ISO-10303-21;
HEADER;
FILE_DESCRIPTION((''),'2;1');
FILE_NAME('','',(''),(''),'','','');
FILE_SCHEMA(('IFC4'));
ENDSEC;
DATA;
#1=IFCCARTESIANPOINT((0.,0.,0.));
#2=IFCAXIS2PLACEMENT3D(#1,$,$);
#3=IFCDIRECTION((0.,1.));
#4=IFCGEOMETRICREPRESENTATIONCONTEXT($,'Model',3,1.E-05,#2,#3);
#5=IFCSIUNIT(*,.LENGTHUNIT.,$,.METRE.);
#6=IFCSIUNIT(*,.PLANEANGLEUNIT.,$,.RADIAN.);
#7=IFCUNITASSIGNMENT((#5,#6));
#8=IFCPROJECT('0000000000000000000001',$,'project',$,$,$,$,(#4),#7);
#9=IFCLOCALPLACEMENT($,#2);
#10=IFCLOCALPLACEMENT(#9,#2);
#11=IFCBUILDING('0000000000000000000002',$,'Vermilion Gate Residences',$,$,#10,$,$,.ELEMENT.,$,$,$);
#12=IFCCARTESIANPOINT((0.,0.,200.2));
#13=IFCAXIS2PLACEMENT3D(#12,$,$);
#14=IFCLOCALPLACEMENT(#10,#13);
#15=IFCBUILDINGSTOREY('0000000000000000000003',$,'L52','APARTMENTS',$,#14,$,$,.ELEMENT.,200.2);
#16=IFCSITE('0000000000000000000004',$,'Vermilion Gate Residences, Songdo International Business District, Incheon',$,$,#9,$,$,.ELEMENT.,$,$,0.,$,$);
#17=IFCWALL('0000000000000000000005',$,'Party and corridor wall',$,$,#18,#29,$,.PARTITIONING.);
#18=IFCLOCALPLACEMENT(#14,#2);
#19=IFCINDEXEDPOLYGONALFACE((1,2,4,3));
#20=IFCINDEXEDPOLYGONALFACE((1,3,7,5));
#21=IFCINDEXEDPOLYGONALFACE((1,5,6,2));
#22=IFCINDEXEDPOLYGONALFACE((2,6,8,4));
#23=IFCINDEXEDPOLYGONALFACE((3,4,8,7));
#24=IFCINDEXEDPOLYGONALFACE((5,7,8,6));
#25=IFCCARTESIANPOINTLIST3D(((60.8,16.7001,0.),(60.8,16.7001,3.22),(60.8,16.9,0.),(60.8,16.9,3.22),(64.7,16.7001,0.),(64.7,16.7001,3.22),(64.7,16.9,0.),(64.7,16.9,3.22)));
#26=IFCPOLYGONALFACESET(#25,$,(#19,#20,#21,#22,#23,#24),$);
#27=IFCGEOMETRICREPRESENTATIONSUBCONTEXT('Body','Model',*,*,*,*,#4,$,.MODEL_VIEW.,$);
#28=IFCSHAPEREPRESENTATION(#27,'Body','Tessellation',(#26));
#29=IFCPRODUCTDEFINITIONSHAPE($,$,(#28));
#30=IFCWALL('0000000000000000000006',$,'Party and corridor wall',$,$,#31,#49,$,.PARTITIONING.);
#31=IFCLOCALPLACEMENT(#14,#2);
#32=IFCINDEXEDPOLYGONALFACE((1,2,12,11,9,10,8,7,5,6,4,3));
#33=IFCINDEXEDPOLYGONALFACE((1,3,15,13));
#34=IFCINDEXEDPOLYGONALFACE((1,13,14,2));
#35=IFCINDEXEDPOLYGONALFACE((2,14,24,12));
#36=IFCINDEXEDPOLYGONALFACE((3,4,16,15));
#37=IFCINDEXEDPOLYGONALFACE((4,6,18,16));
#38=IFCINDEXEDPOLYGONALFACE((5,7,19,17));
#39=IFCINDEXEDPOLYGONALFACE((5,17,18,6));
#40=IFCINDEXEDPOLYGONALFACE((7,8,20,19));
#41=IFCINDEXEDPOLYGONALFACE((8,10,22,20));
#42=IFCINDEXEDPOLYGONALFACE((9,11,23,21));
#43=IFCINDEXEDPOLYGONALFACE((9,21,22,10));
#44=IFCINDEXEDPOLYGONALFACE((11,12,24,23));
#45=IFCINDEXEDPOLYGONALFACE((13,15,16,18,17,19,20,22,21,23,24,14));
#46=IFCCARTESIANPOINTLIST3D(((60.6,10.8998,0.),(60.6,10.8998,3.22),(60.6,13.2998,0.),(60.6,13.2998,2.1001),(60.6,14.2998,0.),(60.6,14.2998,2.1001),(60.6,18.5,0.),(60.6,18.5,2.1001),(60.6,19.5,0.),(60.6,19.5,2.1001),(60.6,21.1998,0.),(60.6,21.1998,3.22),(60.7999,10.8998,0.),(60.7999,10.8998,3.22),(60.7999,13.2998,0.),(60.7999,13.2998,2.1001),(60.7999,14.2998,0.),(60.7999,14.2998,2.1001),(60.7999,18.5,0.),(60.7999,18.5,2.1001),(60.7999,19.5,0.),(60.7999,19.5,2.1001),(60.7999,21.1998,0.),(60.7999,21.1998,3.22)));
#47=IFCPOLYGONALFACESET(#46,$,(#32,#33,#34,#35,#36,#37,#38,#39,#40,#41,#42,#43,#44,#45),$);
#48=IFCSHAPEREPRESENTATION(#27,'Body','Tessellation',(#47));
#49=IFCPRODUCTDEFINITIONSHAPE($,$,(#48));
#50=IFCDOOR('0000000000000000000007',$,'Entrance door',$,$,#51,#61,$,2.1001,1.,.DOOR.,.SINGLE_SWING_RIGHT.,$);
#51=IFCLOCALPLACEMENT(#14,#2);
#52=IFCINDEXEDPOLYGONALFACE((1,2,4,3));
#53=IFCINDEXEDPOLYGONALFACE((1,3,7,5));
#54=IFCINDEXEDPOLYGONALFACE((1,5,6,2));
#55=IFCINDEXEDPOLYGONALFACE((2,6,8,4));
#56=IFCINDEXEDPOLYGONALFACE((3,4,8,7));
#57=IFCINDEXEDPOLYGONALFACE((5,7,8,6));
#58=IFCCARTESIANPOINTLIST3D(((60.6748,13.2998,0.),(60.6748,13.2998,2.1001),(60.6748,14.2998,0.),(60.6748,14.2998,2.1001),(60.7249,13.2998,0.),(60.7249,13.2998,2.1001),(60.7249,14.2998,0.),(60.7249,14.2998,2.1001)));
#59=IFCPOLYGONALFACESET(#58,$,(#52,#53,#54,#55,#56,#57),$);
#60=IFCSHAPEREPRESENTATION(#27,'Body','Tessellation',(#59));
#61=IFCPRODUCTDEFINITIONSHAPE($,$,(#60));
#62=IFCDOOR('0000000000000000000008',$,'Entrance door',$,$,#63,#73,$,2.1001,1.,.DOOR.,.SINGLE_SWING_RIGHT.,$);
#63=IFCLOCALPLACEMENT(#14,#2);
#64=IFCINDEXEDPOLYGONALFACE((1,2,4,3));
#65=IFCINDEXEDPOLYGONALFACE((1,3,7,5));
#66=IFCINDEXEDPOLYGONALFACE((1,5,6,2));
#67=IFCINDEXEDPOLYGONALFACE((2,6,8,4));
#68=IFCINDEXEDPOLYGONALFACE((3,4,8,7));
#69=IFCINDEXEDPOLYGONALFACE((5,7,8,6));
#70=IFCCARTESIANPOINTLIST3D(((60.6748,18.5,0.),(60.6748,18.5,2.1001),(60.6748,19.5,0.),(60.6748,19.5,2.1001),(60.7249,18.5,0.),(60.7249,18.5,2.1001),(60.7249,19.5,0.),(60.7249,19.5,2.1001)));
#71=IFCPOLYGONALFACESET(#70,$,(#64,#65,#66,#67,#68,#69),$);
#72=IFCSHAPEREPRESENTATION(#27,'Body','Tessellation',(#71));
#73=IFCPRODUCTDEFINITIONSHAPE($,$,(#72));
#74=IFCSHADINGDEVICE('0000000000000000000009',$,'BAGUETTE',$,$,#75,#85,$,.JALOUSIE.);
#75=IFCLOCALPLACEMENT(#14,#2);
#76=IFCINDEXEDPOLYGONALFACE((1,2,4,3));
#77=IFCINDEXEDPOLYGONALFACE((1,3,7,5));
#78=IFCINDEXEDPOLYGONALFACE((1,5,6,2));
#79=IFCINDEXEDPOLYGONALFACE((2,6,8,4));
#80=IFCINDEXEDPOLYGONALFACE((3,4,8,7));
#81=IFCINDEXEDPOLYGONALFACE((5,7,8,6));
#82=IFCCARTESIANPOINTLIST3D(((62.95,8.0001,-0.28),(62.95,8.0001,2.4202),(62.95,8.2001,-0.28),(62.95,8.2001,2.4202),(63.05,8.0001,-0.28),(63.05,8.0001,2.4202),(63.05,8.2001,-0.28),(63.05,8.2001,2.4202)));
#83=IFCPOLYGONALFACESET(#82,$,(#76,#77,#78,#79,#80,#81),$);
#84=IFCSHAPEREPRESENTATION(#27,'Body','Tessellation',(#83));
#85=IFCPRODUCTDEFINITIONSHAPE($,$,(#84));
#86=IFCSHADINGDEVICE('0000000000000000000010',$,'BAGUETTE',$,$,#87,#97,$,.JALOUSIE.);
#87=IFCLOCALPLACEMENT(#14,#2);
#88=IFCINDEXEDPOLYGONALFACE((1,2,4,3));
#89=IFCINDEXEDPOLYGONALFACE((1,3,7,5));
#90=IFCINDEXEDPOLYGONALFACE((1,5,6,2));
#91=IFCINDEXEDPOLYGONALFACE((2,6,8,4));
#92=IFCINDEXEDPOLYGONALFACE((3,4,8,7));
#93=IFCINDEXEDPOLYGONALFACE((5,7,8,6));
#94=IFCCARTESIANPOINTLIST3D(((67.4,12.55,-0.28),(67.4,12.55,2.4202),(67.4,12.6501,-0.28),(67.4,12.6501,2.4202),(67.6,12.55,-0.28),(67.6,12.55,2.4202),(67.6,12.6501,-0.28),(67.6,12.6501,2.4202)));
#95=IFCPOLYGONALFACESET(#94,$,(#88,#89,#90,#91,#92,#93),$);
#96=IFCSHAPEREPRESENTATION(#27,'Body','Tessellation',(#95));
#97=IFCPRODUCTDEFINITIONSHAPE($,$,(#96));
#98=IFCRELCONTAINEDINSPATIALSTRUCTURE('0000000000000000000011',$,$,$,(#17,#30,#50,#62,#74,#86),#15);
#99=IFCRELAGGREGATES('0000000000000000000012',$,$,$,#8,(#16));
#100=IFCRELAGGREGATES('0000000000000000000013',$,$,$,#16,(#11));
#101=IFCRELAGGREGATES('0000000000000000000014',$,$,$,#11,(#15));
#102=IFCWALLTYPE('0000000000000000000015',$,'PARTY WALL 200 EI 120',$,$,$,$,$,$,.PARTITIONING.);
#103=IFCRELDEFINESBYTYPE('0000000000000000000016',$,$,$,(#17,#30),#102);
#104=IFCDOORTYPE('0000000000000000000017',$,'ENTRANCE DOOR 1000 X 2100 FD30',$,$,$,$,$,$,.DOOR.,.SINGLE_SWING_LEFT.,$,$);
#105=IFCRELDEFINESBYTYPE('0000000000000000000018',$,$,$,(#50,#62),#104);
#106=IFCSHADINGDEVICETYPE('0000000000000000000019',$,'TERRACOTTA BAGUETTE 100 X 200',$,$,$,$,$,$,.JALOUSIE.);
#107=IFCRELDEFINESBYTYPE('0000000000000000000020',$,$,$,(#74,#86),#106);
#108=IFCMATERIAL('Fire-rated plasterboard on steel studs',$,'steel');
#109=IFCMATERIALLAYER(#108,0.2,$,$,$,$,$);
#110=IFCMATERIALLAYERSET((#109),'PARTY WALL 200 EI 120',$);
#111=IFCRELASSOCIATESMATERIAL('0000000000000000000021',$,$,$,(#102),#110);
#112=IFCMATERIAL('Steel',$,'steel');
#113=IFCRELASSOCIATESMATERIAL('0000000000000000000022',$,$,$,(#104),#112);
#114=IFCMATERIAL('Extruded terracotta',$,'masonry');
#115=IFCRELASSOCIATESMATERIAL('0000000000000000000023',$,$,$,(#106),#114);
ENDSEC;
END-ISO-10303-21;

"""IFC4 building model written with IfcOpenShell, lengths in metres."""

from ifc_helpers import new_model, si_unit, direction, frame, frame_2d, origin, origin_2d, place, context, subcontext, project, spatial, rectangle, extrude, material, layer, layer_set, material_profile, profile_set, type_object, element, fill, save


model = new_model("IFC4")

# Units and contexts
model_context = context("Model", 3, precision=1e-05, world=origin(), true_north=direction((0.0, 1.0)))
body_context = subcontext(model_context, "Body", "Model", "MODEL_VIEW")
ifc_project = project(units=[si_unit("LENGTHUNIT", "METRE"), si_unit("PLANEANGLEUNIT", "RADIAN")], contexts=[model_context])

# Site, building, storey
site_placement = place(None, origin())
site = spatial("IfcSite", under=ifc_project, at=site_placement, Name="Vermilion Gate Residences, Songdo International Business District, Incheon", CompositionType="ELEMENT", RefElevation=0.0)
building_placement = place(site_placement, origin())
building = spatial("IfcBuilding", under=site, at=building_placement, Name="Vermilion Gate Residences", CompositionType="ELEMENT")
storey_placement = place(building_placement, frame((0.0, 0.0, 200.2)))
storey = spatial("IfcBuildingStorey", under=building, at=storey_placement, Name="L52", Description="APARTMENTS", CompositionType="ELEMENT", Elevation=200.2)

# Wall
ifc_material_1 = material(Name="Fire-rated plasterboard on steel studs", Category="steel")
ifc_layer_1 = layer(ifc_material_1, 0.2)
ifc_layer_set_1 = layer_set([ifc_layer_1], Name="PARTY WALL 200 EI 120")
wall_type_1 = type_object("IfcWallType", Name="PARTY WALL 200 EI 120", PredefinedType="PARTITIONING", material=ifc_layer_set_1)
wall_1_placement = place(storey_placement, frame((60.8, 16.8, 0.0), z_axis=(0.0, 0.0, 1.0), x_axis=(1.0, 0.0, 0.0)))
element("IfcWall", 1, at=wall_1_placement, inside=storey, type_object=wall_type_1, Name="Party and corridor wall", PredefinedType="PARTITIONING", context=body_context, shape_type="SweptSolid", body=[
    extrude(rectangle(XDim=3.8999, YDim=0.2, at=frame_2d((1.95, 0.0))), origin(), (0.0, 0.0, 1.0), 3.22),
])

# Wall, openings, doors
wall_2_placement = place(storey_placement, frame((60.7, 10.8999, 0.0), z_axis=(0.0, 0.0, 1.0), x_axis=(0.0, 1.0, 0.0)))
wall_2 = element("IfcWall", 2, at=wall_2_placement, inside=storey, type_object=wall_type_1, Name="Party and corridor wall", PredefinedType="PARTITIONING", context=body_context, shape_type="SweptSolid", body=[
    extrude(rectangle(XDim=10.3, YDim=0.2, at=frame_2d((5.1499, 0.0))), origin(), (0.0, 0.0, 1.0), 3.22),
])
opening_1_placement = place(wall_2_placement, frame((2.3999, 0.0, 0.0)))
opening_1 = element("IfcOpeningElement", 3, at=opening_1_placement, cuts=wall_2, PredefinedType="OPENING", context=body_context, shape_type="SweptSolid", body=[
    extrude(rectangle(XDim=1.0, YDim=2.1001, at=frame_2d((0.5, 1.05))), frame((0.0, 0.1099, 0.0), z_axis=(0.0, -1.0, 0.0), x_axis=(1.0, 0.0, 0.0)), (0.0, 0.0, 1.0), 0.22),
])
opening_2_placement = place(wall_2_placement, frame((7.6001, 0.0, 0.0)))
opening_2 = element("IfcOpeningElement", 4, at=opening_2_placement, cuts=wall_2, PredefinedType="OPENING", context=body_context, shape_type="SweptSolid", body=[
    extrude(rectangle(XDim=1.0, YDim=2.1001, at=frame_2d((0.5, 1.05))), frame((0.0, 0.1099, 0.0), z_axis=(0.0, -1.0, 0.0), x_axis=(1.0, 0.0, 0.0)), (0.0, 0.0, 1.0), 0.22),
])
ifc_material_2 = material(Name="Steel", Category="steel")
door_type_1 = type_object("IfcDoorType", Name="ENTRANCE DOOR 1000 X 2100 FD30", OperationType="SINGLE_SWING_LEFT", PredefinedType="DOOR", material=ifc_material_2)
door_1_placement = place(opening_1_placement, frame((1.0, 0.0, 0.0), z_axis=(0.0, 0.0, 1.0), x_axis=(-1.0, 0.0, 0.0)))
door_1 = element("IfcDoor", 5, at=door_1_placement, inside=storey, type_object=door_type_1, Name="Entrance door", OperationType="SINGLE_SWING_RIGHT", OverallHeight=2.1001, OverallWidth=1.0, PredefinedType="DOOR", context=body_context, shape_type="SweptSolid", body=[
    extrude(rectangle(XDim=1.0, YDim=2.1001, at=frame_2d((0.5, 1.05))), frame((0.0, 0.0249, 0.0), z_axis=(0.0, -1.0, 0.0), x_axis=(1.0, 0.0, 0.0)), (0.0, 0.0, 1.0), 0.05),
])
fill(opening_1, door_1)
door_2_placement = place(opening_2_placement, frame((1.0, 0.0, 0.0), z_axis=(0.0, 0.0, 1.0), x_axis=(-1.0, 0.0, 0.0)))
door_2 = element("IfcDoor", 6, at=door_2_placement, inside=storey, type_object=door_type_1, Name="Entrance door", OperationType="SINGLE_SWING_RIGHT", OverallHeight=2.1001, OverallWidth=1.0, PredefinedType="DOOR", context=body_context, shape_type="SweptSolid", body=[
    extrude(rectangle(XDim=1.0, YDim=2.1001, at=frame_2d((0.5, 1.05))), frame((0.0, 0.0249, 0.0), z_axis=(0.0, -1.0, 0.0), x_axis=(1.0, 0.0, 0.0)), (0.0, 0.0, 1.0), 0.05),
])
fill(opening_2, door_2)

# Shading devices
ifc_material_3 = material(Name="Extruded terracotta", Category="masonry")
ifc_material_profile_1 = material_profile(ifc_material_3, rectangle(XDim=0.2, YDim=0.1001, at=origin_2d()), Name="BAGUETTE 100 X 200")
ifc_profile_set_1 = profile_set([ifc_material_profile_1], Name="Extruded terracotta")
shading_device_type = type_object("IfcShadingDeviceType", Name="TERRACOTTA BAGUETTE 100 X 200", PredefinedType="JALOUSIE", material=ifc_profile_set_1)
for number, where, z_axis, x_axis, name in (
    (7, (63.0, 8.1001, -0.28), (0.0, 0.0, 1.0), (0.0, 1.0, 0.0), "BAGUETTE"),
    (8, (67.5, 12.6001, -0.28), (0.0, 0.0, 1.0), (-1.0, 0.0, 0.0), "BAGUETTE"),
):
    element("IfcShadingDevice", number, at=place(storey_placement, frame(where, z_axis=z_axis, x_axis=x_axis)), inside=storey, type_object=shading_device_type, Name=name, PredefinedType="JALOUSIE", context=body_context, shape_type="SweptSolid", body=[
        extrude(rectangle(XDim=0.2, YDim=0.1001, at=origin_2d()), origin(), (0.0, 0.0, 1.0), 2.7002),
    ])

save(model, "model.ifc")
